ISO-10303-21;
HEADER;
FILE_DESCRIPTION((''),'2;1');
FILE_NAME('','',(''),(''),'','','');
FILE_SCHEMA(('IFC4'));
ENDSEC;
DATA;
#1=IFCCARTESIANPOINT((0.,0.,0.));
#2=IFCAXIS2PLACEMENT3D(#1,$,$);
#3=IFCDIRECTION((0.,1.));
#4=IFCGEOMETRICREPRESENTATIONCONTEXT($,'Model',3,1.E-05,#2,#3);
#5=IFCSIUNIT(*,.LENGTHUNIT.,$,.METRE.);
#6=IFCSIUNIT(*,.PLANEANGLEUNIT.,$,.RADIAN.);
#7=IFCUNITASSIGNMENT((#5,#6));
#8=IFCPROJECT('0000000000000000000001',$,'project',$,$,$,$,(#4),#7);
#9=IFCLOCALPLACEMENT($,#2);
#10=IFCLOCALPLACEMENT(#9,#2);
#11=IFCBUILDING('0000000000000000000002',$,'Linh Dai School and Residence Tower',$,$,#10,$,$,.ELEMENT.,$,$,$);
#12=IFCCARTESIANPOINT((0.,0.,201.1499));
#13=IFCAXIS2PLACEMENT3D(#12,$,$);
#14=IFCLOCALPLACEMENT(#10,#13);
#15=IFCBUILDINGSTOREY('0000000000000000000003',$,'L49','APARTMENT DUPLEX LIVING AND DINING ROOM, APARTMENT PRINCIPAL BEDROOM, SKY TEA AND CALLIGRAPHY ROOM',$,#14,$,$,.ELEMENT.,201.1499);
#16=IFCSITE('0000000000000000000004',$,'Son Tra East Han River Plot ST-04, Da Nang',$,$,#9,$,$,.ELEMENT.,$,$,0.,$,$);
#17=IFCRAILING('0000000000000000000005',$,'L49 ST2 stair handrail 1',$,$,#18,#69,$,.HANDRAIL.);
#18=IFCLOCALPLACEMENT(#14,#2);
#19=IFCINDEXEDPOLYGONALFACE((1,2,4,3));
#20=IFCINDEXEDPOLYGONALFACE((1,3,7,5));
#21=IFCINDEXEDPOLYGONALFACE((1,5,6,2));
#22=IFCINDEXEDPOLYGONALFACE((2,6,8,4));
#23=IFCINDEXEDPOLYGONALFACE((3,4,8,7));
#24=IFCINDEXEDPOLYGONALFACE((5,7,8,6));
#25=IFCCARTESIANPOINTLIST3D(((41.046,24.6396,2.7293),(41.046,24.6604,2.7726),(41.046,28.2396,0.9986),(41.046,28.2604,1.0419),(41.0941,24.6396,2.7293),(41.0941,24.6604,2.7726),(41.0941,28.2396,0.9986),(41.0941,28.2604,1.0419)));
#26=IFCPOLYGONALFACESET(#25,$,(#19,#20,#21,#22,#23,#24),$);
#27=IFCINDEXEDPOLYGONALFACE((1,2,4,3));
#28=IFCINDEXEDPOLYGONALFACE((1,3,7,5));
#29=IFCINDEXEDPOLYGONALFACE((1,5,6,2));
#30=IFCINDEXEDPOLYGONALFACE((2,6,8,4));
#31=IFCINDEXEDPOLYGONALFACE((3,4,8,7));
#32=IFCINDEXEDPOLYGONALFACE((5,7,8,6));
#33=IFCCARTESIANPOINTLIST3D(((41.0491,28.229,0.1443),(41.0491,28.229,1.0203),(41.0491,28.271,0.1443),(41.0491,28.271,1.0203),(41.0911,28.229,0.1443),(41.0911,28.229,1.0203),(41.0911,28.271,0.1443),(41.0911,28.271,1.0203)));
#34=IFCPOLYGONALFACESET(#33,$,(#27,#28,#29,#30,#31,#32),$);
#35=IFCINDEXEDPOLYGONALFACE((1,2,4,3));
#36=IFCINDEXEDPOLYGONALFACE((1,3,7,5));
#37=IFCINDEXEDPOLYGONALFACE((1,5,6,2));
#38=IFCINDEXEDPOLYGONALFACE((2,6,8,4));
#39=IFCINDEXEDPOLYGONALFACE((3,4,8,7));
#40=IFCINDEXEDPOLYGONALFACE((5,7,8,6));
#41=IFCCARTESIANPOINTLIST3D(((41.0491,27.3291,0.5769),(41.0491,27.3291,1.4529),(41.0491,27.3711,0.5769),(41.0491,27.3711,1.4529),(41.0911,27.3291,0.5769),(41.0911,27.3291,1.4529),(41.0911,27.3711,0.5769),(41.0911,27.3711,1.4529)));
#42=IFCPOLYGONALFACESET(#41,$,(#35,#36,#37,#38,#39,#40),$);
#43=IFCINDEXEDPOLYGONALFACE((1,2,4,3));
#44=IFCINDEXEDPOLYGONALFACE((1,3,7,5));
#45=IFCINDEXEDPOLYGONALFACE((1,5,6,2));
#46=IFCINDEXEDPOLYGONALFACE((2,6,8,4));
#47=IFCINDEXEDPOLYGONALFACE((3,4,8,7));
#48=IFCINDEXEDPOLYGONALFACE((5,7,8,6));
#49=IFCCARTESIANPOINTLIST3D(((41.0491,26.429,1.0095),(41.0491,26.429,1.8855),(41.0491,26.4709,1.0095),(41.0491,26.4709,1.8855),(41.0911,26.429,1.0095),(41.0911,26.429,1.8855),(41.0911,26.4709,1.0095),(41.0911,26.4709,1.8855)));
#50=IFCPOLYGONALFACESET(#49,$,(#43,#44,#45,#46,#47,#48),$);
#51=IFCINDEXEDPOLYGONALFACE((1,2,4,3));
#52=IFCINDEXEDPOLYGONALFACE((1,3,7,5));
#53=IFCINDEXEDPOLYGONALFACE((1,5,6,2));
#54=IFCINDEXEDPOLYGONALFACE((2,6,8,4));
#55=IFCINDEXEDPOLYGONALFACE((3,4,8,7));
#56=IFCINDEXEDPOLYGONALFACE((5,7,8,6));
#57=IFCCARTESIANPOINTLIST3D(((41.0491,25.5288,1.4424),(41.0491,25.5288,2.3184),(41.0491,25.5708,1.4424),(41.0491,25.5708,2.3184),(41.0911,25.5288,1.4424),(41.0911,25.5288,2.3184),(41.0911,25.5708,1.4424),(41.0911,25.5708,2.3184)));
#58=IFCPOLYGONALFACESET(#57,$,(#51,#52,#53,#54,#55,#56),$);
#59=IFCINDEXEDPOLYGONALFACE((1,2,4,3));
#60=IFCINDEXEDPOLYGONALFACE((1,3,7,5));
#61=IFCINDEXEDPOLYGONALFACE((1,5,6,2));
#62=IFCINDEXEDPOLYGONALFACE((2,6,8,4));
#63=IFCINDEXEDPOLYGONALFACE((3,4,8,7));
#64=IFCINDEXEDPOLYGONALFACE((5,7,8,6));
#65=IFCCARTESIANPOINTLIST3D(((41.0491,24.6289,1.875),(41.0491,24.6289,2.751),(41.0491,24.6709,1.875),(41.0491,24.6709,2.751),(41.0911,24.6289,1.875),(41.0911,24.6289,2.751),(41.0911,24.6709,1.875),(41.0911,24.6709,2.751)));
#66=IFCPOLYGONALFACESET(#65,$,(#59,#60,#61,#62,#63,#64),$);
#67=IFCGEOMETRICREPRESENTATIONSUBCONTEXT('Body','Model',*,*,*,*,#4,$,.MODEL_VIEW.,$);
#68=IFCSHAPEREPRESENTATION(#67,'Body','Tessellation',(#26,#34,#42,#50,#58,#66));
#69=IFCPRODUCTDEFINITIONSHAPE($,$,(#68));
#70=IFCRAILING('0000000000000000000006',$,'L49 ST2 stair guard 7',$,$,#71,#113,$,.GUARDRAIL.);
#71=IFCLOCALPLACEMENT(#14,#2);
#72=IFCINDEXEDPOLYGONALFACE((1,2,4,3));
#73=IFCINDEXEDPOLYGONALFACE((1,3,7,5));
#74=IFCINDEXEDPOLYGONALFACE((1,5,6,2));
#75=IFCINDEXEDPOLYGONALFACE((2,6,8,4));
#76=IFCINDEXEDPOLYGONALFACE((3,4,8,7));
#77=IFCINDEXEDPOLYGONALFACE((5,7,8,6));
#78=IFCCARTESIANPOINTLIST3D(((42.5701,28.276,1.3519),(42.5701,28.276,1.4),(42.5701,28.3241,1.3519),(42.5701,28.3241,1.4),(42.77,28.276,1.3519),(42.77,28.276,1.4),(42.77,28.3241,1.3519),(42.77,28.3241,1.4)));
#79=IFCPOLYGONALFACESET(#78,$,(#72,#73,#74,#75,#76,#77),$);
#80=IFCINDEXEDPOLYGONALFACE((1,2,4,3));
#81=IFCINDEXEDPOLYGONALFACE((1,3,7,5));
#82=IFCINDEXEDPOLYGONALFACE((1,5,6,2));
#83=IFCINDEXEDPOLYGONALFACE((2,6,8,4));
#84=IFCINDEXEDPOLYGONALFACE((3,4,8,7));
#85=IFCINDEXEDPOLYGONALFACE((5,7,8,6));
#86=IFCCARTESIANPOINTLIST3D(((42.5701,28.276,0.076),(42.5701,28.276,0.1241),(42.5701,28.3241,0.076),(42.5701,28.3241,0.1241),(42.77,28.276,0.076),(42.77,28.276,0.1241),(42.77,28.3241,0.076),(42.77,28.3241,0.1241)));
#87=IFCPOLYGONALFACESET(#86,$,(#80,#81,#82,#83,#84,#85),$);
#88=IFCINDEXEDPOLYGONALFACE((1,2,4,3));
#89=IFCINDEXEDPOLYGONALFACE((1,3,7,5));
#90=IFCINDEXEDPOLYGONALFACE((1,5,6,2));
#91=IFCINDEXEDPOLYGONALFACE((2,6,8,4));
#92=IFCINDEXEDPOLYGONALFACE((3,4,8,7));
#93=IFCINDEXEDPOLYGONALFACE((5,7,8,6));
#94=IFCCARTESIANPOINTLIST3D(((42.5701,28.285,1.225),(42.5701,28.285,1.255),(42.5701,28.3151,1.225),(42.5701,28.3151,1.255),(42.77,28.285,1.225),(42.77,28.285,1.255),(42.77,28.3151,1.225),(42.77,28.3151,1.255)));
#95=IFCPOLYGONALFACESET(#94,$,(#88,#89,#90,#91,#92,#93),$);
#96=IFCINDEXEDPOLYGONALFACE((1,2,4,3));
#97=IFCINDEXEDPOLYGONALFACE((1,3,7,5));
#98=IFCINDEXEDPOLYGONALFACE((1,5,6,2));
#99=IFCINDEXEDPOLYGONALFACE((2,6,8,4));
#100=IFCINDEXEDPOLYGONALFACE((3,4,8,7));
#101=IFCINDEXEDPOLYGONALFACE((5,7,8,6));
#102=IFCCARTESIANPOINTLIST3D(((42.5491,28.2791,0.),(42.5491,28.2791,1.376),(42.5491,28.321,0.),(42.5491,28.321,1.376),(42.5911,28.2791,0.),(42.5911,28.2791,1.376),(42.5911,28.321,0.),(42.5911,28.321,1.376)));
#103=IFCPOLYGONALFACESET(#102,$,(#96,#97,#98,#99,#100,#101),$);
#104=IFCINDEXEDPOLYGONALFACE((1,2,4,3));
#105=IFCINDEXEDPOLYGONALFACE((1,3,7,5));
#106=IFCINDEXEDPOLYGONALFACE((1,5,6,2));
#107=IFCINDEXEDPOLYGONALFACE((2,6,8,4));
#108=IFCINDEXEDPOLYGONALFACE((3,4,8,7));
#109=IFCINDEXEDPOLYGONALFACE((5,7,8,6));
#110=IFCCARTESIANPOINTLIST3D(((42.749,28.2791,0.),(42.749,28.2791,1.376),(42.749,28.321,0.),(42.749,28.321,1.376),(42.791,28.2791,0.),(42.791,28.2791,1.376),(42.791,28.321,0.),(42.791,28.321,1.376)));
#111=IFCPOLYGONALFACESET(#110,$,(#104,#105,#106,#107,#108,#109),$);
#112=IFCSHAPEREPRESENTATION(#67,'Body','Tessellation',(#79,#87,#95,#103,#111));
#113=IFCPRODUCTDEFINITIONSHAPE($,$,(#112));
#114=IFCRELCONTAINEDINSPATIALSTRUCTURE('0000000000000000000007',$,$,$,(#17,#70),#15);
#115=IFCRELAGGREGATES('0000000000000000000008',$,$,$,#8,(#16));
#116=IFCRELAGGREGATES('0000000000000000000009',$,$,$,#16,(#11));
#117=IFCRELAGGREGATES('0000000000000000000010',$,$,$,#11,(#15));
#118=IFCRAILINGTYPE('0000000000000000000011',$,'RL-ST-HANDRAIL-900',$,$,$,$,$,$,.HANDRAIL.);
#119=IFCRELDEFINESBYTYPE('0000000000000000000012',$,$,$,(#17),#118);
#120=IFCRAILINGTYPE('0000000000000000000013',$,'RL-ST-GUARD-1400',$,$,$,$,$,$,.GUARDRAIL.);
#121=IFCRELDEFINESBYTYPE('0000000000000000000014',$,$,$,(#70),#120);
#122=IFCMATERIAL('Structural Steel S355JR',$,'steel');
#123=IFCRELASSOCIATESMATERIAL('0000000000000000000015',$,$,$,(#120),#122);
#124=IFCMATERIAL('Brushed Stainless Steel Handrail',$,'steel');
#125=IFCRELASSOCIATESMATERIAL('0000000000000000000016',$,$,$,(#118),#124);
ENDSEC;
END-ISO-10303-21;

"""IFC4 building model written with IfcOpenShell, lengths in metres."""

from ifc_helpers import new_model, si_unit, direction, frame, origin, origin_2d, place, context, subcontext, project, spatial, rectangle, extrude, source, transform, mapped, material, type_object, element, save


model = new_model("IFC4")

# Units and contexts
model_context = context("Model", 3, precision=1e-05, world=origin(), true_north=direction((0.0, 1.0)))
body_context = subcontext(model_context, "Body", "Model", "MODEL_VIEW")
ifc_project = project(units=[si_unit("LENGTHUNIT", "METRE"), si_unit("PLANEANGLEUNIT", "RADIAN")], contexts=[model_context])

# Site, building, storey
site_placement = place(None, origin())
site = spatial("IfcSite", under=ifc_project, at=site_placement, Name="Son Tra East Han River Plot ST-04, Da Nang", CompositionType="ELEMENT", RefElevation=0.0)
building_placement = place(site_placement, origin())
building = spatial("IfcBuilding", under=site, at=building_placement, Name="Linh Dai School and Residence Tower", CompositionType="ELEMENT")
storey_placement = place(building_placement, frame((0.0, 0.0, 201.1499)))
storey = spatial("IfcBuildingStorey", under=building, at=storey_placement, Name="L49", Description="APARTMENT DUPLEX LIVING AND DINING ROOM, APARTMENT PRINCIPAL BEDROOM, SKY TEA AND CALLIGRAPHY ROOM", CompositionType="ELEMENT", Elevation=201.1499)

# Shared definitions
ifc_material_1 = material(Name="Structural Steel S355JR", Category="steel")

# Railings
railing_type_1 = type_object("IfcRailingType", Name="RL-ST-GUARD-1400", PredefinedType="GUARDRAIL", material=ifc_material_1)
ifc_material_2 = material(Name="Brushed Stainless Steel Handrail", Category="steel")
railing_type_2 = type_object("IfcRailingType", Name="RL-ST-HANDRAIL-900", PredefinedType="HANDRAIL", material=ifc_material_2)
shared_shape_1 = source(origin(), body_context, "Body", "SweptSolid", [
    extrude(rectangle(XDim=0.0481, YDim=0.0481, at=origin_2d()), frame((0.0, 0.0, 0.876), z_axis=(0.0, -0.901263, 0.433273), x_axis=(1.0, 0.0, 0.0)), (0.0, 0.0, 1.0), 3.9944),
    extrude(rectangle(XDim=0.042, YDim=0.042, at=origin_2d()), origin(), (0.0, 0.0, 1.0), 0.876),
    extrude(rectangle(XDim=0.042, YDim=0.042, at=origin_2d()), frame((0.0, -0.8999, 0.4326)), (0.0, 0.0, 1.0), 0.876),
    extrude(rectangle(XDim=0.042, YDim=0.042, at=origin_2d()), frame((0.0, -1.8, 0.8652)), (0.0, 0.0, 1.0), 0.876),
    extrude(rectangle(XDim=0.042, YDim=0.042, at=origin_2d()), frame((0.0, -2.7002, 1.2981)), (0.0, 0.0, 1.0), 0.876),
    extrude(rectangle(XDim=0.042, YDim=0.042, at=origin_2d()), frame((0.0, -3.6001, 1.7307)), (0.0, 0.0, 1.0), 0.876),
])
railing_1_placement = place(storey_placement, frame((41.0701, 28.25, 0.1443)))
element("IfcRailing", 1, at=railing_1_placement, inside=storey, type_object=railing_type_2, Name="L49 ST2 stair handrail 1", PredefinedType="HANDRAIL", context=body_context, shape_type="MappedRepresentation", body=[
    mapped(shared_shape_1, transform((0.0, 0.0, 0.0), x_axis=(1.0, 0.0, 0.0), y_axis=(0.0, 1.0, 0.0), z_axis=(0.0, 0.0, 1.0), scale=1.0)),
])
shared_shape_2 = source(origin(), body_context, "Body", "SweptSolid", [
    extrude(rectangle(XDim=0.0481, YDim=0.0481, at=origin_2d()), frame((0.0, 0.0, 1.376), z_axis=(1.0, 0.0, 0.0), x_axis=(0.0, 1.0, 0.0)), (0.0, 0.0, 1.0), 0.2),
    extrude(rectangle(XDim=0.0481, YDim=0.0481, at=origin_2d()), frame((0.0, 0.0, 0.1001), z_axis=(1.0, 0.0, 0.0), x_axis=(0.0, 1.0, 0.0)), (0.0, 0.0, 1.0), 0.2),
    extrude(rectangle(XDim=0.03, YDim=0.03, at=origin_2d()), frame((0.0, 0.0, 1.24), z_axis=(1.0, 0.0, 0.0), x_axis=(0.0, 1.0, 0.0)), (0.0, 0.0, 1.0), 0.2),
    extrude(rectangle(XDim=0.042, YDim=0.042, at=origin_2d()), origin(), (0.0, 0.0, 1.0), 1.376),
    extrude(rectangle(XDim=0.042, YDim=0.042, at=origin_2d()), frame((0.2, 0.0, 0.0)), (0.0, 0.0, 1.0), 1.376),
])
railing_2_placement = place(storey_placement, frame((42.5701, 28.3, 0.0)))
element("IfcRailing", 2, at=railing_2_placement, inside=storey, type_object=railing_type_1, Name="L49 ST2 stair guard 7", PredefinedType="GUARDRAIL", context=body_context, shape_type="MappedRepresentation", body=[
    mapped(shared_shape_2, transform((0.0, 0.0, 0.0), x_axis=(1.0, 0.0, 0.0), y_axis=(0.0, 1.0, 0.0), z_axis=(0.0, 0.0, 1.0), scale=1.0)),
])

save(model, "model.ifc")
